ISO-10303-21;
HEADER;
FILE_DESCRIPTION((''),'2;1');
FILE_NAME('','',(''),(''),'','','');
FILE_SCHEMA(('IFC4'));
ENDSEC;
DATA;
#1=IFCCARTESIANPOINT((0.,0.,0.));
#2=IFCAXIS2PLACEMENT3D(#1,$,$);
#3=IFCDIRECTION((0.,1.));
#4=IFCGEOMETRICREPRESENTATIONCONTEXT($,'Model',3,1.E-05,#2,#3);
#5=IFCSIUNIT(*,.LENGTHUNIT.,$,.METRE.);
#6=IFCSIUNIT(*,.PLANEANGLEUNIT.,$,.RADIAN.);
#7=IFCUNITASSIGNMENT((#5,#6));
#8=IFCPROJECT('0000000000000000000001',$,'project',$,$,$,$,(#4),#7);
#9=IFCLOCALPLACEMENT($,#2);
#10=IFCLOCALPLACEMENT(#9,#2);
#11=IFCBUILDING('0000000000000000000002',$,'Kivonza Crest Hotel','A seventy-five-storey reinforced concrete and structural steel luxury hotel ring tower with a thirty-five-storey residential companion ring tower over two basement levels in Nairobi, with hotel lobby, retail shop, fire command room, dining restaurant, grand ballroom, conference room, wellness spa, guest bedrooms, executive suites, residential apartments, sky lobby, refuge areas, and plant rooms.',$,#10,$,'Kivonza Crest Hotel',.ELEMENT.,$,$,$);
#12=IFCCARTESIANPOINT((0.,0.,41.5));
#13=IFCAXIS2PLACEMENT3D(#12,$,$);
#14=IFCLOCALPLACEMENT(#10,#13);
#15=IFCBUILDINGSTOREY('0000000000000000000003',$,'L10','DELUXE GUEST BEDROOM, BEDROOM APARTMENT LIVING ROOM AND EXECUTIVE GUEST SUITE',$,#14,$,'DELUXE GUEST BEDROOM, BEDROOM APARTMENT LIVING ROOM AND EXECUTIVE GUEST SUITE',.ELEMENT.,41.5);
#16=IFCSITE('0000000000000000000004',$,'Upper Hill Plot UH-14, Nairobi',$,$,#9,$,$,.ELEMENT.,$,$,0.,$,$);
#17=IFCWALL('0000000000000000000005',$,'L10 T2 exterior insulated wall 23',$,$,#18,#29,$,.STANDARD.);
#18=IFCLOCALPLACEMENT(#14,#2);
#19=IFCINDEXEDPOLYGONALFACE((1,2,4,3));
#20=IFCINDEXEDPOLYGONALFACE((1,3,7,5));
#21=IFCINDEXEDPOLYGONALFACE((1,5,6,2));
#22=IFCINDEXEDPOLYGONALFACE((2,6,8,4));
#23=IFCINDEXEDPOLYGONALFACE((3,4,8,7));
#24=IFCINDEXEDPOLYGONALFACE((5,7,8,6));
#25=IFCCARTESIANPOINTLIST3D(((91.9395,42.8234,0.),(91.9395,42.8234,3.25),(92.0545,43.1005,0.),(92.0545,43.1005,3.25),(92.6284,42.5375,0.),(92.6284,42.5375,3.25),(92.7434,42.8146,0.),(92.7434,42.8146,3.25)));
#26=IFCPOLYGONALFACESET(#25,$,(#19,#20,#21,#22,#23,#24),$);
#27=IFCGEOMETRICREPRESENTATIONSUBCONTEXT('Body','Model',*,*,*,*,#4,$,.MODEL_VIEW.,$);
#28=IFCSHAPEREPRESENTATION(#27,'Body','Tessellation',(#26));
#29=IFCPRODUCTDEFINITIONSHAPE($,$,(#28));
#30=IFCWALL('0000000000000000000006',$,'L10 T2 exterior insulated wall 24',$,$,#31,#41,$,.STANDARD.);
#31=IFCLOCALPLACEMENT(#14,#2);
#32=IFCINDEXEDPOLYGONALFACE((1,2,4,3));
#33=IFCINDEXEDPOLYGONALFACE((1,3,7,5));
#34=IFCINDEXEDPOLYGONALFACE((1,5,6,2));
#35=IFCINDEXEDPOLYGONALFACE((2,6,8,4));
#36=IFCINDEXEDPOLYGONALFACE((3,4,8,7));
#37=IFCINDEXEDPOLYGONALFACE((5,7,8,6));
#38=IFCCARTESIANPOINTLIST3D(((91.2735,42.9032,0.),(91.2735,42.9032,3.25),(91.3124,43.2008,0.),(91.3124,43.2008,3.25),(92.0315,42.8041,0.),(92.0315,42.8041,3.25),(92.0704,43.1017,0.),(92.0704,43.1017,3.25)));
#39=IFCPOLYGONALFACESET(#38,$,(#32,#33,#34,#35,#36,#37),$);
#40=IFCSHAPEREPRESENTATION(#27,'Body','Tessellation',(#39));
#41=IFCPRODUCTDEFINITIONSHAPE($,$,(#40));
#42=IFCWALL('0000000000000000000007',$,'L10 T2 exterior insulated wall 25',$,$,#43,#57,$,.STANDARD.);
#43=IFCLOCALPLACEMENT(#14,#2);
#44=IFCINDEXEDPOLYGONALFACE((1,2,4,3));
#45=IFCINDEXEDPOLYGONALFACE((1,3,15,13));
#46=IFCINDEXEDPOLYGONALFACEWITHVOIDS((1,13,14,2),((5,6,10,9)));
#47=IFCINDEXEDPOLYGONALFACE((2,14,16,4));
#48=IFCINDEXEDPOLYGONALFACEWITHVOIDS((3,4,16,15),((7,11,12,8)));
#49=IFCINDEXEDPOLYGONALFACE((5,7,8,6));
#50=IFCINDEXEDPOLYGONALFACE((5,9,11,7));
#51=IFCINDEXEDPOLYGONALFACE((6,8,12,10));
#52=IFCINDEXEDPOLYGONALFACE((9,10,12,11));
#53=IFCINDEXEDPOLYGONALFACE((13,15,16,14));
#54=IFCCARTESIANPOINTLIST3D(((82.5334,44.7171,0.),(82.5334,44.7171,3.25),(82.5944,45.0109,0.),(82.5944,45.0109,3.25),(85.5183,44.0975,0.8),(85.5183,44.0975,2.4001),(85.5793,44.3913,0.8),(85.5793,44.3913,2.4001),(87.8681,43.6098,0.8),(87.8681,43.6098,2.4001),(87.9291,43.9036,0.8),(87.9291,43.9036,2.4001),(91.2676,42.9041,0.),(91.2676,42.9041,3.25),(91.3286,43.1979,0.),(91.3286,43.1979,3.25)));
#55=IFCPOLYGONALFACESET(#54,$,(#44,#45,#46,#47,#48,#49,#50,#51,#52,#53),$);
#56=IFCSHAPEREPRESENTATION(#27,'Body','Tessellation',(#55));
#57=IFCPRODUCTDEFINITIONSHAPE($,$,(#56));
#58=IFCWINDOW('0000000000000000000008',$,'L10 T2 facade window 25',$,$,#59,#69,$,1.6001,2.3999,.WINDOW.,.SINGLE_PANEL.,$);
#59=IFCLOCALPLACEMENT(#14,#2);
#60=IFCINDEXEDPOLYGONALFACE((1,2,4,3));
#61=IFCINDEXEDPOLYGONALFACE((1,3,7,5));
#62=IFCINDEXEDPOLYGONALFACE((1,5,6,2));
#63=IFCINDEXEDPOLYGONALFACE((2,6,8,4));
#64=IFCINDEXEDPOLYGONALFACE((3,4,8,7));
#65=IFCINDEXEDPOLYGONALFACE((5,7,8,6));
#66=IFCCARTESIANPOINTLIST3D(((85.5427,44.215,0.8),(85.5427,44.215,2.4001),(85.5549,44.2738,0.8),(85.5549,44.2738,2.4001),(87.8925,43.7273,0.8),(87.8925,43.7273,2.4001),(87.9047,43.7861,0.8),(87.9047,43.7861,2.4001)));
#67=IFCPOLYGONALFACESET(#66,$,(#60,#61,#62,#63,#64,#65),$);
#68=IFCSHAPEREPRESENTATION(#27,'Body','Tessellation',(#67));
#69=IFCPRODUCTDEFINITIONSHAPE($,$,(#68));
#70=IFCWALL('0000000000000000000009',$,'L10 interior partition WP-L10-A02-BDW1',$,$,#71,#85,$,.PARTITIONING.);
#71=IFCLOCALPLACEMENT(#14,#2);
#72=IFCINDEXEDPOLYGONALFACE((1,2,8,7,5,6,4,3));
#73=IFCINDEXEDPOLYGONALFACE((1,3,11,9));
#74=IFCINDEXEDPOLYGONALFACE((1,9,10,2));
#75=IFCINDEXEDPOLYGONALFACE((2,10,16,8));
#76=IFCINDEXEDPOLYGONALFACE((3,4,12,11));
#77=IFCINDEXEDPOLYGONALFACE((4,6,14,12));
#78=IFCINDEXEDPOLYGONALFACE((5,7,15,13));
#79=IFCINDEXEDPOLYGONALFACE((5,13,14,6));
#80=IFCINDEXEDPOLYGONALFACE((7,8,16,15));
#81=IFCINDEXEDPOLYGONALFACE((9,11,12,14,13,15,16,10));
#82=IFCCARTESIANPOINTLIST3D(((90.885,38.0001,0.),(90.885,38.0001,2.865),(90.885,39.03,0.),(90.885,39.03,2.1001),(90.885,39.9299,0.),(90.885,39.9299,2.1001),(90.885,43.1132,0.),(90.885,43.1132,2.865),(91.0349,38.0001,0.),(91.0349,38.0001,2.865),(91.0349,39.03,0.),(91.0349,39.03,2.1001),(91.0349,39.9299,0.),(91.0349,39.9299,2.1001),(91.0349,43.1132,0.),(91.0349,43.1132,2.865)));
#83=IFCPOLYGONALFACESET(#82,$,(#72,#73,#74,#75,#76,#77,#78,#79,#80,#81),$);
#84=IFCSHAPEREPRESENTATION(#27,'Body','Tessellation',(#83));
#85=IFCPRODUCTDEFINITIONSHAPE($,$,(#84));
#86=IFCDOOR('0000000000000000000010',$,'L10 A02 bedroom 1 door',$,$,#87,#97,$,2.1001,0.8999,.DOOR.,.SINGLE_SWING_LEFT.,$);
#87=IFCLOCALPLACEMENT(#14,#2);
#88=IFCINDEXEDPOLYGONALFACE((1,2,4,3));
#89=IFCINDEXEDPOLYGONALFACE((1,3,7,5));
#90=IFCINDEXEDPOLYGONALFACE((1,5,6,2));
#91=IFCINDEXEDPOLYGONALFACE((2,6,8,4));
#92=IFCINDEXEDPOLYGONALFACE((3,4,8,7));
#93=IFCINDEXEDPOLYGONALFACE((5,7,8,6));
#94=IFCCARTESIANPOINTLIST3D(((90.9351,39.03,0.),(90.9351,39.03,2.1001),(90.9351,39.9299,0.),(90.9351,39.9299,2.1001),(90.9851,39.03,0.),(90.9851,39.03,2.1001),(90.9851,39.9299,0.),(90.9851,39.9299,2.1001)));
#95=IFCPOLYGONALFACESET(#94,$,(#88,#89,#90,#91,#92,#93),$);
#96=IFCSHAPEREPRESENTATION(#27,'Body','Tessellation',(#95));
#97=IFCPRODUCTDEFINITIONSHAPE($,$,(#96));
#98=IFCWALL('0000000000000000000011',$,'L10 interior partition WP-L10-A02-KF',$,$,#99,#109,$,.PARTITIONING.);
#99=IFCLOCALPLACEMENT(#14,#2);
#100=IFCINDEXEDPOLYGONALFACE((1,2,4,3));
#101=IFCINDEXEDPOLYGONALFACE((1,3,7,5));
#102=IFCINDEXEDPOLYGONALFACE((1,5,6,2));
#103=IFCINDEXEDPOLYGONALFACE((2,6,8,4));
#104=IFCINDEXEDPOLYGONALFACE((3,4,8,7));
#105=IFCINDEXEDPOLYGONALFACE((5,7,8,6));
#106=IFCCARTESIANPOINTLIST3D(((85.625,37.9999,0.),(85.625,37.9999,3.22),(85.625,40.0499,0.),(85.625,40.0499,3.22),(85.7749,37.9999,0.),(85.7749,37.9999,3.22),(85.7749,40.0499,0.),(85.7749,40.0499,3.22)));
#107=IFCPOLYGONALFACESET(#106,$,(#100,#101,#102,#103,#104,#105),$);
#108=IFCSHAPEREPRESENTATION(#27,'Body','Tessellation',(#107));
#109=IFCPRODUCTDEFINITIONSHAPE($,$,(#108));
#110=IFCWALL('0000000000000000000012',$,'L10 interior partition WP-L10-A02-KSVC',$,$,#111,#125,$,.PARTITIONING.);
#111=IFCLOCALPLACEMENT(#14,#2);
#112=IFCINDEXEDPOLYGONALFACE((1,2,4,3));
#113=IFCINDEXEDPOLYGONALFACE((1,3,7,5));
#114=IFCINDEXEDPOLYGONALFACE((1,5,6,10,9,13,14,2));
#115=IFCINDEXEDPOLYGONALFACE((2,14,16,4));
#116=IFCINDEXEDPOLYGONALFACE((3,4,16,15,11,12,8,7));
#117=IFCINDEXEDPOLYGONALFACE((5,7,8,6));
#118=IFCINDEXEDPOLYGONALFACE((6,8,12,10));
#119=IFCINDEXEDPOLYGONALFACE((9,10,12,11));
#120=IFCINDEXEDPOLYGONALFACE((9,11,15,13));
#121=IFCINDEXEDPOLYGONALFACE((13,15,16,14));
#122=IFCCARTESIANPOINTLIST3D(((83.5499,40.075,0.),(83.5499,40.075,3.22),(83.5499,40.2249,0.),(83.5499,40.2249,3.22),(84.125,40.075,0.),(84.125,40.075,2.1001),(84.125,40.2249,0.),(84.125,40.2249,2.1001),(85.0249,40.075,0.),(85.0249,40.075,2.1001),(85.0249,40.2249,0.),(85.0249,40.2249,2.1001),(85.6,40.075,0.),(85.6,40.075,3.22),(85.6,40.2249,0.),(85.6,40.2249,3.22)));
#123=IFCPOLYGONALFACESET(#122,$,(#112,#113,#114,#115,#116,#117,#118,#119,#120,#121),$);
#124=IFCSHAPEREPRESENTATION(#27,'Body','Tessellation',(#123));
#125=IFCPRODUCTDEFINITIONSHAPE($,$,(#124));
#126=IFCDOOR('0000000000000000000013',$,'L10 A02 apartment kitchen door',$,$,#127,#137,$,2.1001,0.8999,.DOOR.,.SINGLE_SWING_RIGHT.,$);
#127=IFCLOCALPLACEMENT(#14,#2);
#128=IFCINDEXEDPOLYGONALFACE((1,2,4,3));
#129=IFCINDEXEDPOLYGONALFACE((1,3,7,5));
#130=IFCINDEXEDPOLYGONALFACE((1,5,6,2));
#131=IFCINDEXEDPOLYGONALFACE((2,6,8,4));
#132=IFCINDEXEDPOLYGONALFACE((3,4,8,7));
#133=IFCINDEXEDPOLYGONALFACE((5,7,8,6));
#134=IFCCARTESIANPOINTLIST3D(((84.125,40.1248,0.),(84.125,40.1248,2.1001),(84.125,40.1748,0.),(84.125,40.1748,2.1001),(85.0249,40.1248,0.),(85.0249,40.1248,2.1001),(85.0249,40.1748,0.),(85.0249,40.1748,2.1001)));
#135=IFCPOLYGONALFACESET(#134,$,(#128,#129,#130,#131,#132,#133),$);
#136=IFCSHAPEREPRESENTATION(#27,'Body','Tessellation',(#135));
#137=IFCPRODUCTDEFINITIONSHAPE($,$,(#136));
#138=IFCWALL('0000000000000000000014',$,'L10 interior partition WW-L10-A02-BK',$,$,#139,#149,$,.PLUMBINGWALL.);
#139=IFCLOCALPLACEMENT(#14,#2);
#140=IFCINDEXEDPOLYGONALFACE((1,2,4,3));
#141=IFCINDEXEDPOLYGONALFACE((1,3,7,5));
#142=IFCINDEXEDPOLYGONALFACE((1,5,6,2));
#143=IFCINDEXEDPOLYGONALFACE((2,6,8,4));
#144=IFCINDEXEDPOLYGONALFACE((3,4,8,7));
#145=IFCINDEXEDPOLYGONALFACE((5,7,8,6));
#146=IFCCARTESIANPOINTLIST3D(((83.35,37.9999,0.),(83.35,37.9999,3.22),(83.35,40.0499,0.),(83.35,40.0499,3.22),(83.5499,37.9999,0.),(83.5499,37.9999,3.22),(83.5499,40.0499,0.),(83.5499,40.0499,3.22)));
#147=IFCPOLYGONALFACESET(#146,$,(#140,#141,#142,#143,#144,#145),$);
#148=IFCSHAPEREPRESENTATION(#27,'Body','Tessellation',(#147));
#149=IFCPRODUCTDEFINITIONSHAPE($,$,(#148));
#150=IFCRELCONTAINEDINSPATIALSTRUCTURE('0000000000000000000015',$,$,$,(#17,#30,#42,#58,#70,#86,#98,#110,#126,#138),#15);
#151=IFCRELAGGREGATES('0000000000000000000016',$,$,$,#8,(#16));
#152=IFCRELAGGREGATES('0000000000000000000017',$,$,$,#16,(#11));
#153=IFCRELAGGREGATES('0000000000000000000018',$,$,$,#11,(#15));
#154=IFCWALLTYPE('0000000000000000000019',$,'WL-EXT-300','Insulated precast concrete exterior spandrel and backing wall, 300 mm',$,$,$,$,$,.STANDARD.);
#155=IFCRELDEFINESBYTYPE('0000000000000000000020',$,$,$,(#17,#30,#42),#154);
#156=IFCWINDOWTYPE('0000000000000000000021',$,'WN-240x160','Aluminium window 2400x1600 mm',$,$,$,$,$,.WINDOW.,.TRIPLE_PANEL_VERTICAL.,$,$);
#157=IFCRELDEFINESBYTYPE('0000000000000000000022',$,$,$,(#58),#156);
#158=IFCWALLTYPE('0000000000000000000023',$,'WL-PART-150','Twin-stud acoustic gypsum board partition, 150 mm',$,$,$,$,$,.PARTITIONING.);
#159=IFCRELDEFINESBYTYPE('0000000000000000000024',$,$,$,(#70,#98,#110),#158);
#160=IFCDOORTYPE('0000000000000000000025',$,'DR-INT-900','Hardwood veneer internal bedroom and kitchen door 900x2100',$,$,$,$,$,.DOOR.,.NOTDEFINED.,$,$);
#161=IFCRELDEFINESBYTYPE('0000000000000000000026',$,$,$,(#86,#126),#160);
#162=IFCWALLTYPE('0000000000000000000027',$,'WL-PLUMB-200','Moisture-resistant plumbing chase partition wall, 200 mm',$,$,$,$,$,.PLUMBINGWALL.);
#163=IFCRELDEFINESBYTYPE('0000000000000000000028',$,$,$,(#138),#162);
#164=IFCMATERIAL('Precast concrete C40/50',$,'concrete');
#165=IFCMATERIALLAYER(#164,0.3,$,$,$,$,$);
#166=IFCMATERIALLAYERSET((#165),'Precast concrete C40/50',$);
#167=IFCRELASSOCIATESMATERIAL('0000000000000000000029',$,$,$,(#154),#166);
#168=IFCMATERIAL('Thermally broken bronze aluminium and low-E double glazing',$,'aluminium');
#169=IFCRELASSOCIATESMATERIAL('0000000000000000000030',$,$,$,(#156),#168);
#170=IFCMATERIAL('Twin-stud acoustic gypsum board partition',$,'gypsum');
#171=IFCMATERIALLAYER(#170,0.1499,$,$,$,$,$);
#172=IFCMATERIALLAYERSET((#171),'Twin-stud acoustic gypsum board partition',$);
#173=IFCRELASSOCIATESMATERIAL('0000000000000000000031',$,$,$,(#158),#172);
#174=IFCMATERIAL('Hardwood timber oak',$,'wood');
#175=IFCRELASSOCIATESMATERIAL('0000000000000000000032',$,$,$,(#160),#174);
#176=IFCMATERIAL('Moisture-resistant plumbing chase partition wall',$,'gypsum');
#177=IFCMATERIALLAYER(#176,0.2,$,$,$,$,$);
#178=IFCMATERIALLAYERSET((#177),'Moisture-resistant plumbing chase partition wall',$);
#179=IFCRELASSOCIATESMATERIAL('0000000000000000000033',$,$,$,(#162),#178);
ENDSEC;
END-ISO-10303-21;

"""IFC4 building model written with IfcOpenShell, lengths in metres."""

from ifc_helpers import new_model, si_unit, direction, frame, frame_2d, origin, place, context, subcontext, project, spatial, rectangle, extrude, material, layer, layer_set, type_object, element, fill, save


model = new_model("IFC4")

# Units and contexts
model_context = context("Model", 3, precision=1e-05, world=origin(), true_north=direction((0.0, 1.0)))
body_context = subcontext(model_context, "Body", "Model", "MODEL_VIEW")
ifc_project = project(units=[si_unit("LENGTHUNIT", "METRE"), si_unit("PLANEANGLEUNIT", "RADIAN")], contexts=[model_context])

# Site, building, storey
site_placement = place(None, origin())
site = spatial("IfcSite", under=ifc_project, at=site_placement, Name="Upper Hill Plot UH-14, Nairobi", CompositionType="ELEMENT", RefElevation=0.0)
building_placement = place(site_placement, origin())
building = spatial("IfcBuilding", under=site, at=building_placement, Name="Kivonza Crest Hotel", Description="A seventy-five-storey reinforced concrete and structural steel luxury hotel ring tower with a thirty-five-storey residential companion ring tower over two basement levels in Nairobi, with hotel lobby, retail shop, fire command room, dining restaurant, grand ballroom, conference room, wellness spa, guest bedrooms, executive suites, residential apartments, sky lobby, refuge areas, and plant rooms.", LongName="Kivonza Crest Hotel", CompositionType="ELEMENT")
storey_placement = place(building_placement, frame((0.0, 0.0, 41.5)))
storey = spatial("IfcBuildingStorey", under=building, at=storey_placement, Name="L10", Description="DELUXE GUEST BEDROOM, BEDROOM APARTMENT LIVING ROOM AND EXECUTIVE GUEST SUITE", LongName="DELUXE GUEST BEDROOM, BEDROOM APARTMENT LIVING ROOM AND EXECUTIVE GUEST SUITE", CompositionType="ELEMENT", Elevation=41.5)

# Shared definitions
ifc_material_1 = material(Name="Hardwood timber oak", Category="wood")

# Walls
ifc_material_2 = material(Name="Precast concrete C40/50", Category="concrete")
ifc_layer_1 = layer(ifc_material_2, 0.3)
ifc_layer_set_1 = layer_set([ifc_layer_1], Name="Precast concrete C40/50")
wall_type_1 = type_object("IfcWallType", Name="WL-EXT-300", Description="Insulated precast concrete exterior spandrel and backing wall, 300 mm", PredefinedType="STANDARD", material=ifc_layer_set_1)
wall_1_placement = place(storey_placement, frame((92.686, 42.676, 0.0), z_axis=(0.0, 0.0, 1.0), x_axis=(-0.923638, 0.383267, 0.0)))
element("IfcWall", 1, at=wall_1_placement, inside=storey, type_object=wall_type_1, Name="L10 T2 exterior insulated wall 23", PredefinedType="STANDARD", context=body_context, shape_type="SweptSolid", body=[
    extrude(rectangle(XDim=0.7458, YDim=0.3, at=frame_2d((0.373, 0.0))), origin(), (0.0, 0.0, 1.0), 3.25),
])
wall_2_placement = place(storey_placement, frame((92.051, 42.9529, 0.0), z_axis=(0.0, 0.0, 1.0), x_axis=(-0.991559, 0.129653, 0.0)))
element("IfcWall", 2, at=wall_2_placement, inside=storey, type_object=wall_type_1, Name="L10 T2 exterior insulated wall 24", PredefinedType="STANDARD", context=body_context, shape_type="SweptSolid", body=[
    extrude(rectangle(XDim=0.7644, YDim=0.3, at=frame_2d((0.3823, 0.0))), origin(), (0.0, 0.0, 1.0), 3.25),
])

# Wall, opening, window
wall_3_placement = place(storey_placement, frame((91.2981, 43.051, 0.0), z_axis=(0.0, 0.0, 1.0), x_axis=(-0.979128, 0.203243, 0.0)))
wall_3 = element("IfcWall", 3, at=wall_3_placement, inside=storey, type_object=wall_type_1, Name="L10 T2 exterior insulated wall 25", PredefinedType="STANDARD", context=body_context, shape_type="SweptSolid", body=[
    extrude(rectangle(XDim=8.9204, YDim=0.3, at=frame_2d((4.4602, 0.0))), origin(), (0.0, 0.0, 1.0), 3.25),
])
opening_1_placement = place(wall_3_placement, frame((3.4719, 0.0, 0.8)))
opening_1 = element("IfcOpeningElement", 4, at=opening_1_placement, cuts=wall_3, PredefinedType="OPENING", context=body_context, shape_type="SweptSolid", body=[
    extrude(rectangle(XDim=2.3999, YDim=1.6001, at=frame_2d((1.2, 0.8))), frame((0.0, 0.1602, 0.0), z_axis=(0.0, -1.0, 0.0), x_axis=(1.0, 0.0, 0.0)), (0.0, 0.0, 1.0), 0.3201),
])
ifc_material_3 = material(Name="Thermally broken bronze aluminium and low-E double glazing", Category="aluminium")
window_type = type_object("IfcWindowType", Name="WN-240x160", Description="Aluminium window 2400x1600 mm", PartitioningType="TRIPLE_PANEL_VERTICAL", PredefinedType="WINDOW", material=ifc_material_3)
window_placement = place(opening_1_placement, origin())
window = element("IfcWindow", 5, at=window_placement, inside=storey, type_object=window_type, Name="L10 T2 facade window 25", OverallHeight=1.6001, OverallWidth=2.3999, PartitioningType="SINGLE_PANEL", PredefinedType="WINDOW", context=body_context, shape_type="SweptSolid", body=[
    extrude(rectangle(XDim=2.3999, YDim=1.6001, at=frame_2d((1.2, 0.8))), frame((0.0, 0.03, 0.0), z_axis=(0.0, -1.0, 0.0), x_axis=(1.0, 0.0, 0.0)), (0.0, 0.0, 1.0), 0.0601),
])
fill(opening_1, window)

# Wall, opening, door
ifc_material_4 = material(Name="Twin-stud acoustic gypsum board partition", Category="gypsum")
ifc_layer_2 = layer(ifc_material_4, 0.1499)
ifc_layer_set_2 = layer_set([ifc_layer_2], Name="Twin-stud acoustic gypsum board partition")
wall_type_2 = type_object("IfcWallType", Name="WL-PART-150", Description="Twin-stud acoustic gypsum board partition, 150 mm", PredefinedType="PARTITIONING", material=ifc_layer_set_2)
wall_4_placement = place(storey_placement, frame((90.96, 38.0, 0.0), z_axis=(0.0, 0.0, 1.0), x_axis=(0.0, 1.0, 0.0)))
wall_4 = element("IfcWall", 6, at=wall_4_placement, inside=storey, type_object=wall_type_2, Name="L10 interior partition WP-L10-A02-BDW1", PredefinedType="PARTITIONING", context=body_context, shape_type="SweptSolid", body=[
    extrude(rectangle(XDim=5.113, YDim=0.1499, at=frame_2d((2.5566, 0.0))), origin(), (0.0, 0.0, 1.0), 2.865),
])
opening_2_placement = place(wall_4_placement, frame((1.03, 0.0, 0.0)))
opening_2 = element("IfcOpeningElement", 7, at=opening_2_placement, cuts=wall_4, PredefinedType="OPENING", context=body_context, shape_type="SweptSolid", body=[
    extrude(rectangle(XDim=0.8999, YDim=2.1001, at=frame_2d((0.45, 1.05))), frame((0.0, 0.085, 0.0), z_axis=(0.0, -1.0, 0.0), x_axis=(1.0, 0.0, 0.0)), (0.0, 0.0, 1.0), 0.1699),
])
door_type_1 = type_object("IfcDoorType", Name="DR-INT-900", Description="Hardwood veneer internal bedroom and kitchen door 900x2100", OperationType="NOTDEFINED", PredefinedType="DOOR", material=ifc_material_1)
door_1_placement = place(opening_2_placement, origin())
door_1 = element("IfcDoor", 8, at=door_1_placement, inside=storey, type_object=door_type_1, Name="L10 A02 bedroom 1 door", OperationType="SINGLE_SWING_LEFT", OverallHeight=2.1001, OverallWidth=0.8999, PredefinedType="DOOR", context=body_context, shape_type="SweptSolid", body=[
    extrude(rectangle(XDim=0.8999, YDim=2.1001, at=frame_2d((0.45, 1.05))), frame((0.0, 0.0249, 0.0), z_axis=(0.0, -1.0, 0.0), x_axis=(1.0, 0.0, 0.0)), (0.0, 0.0, 1.0), 0.05),
])
fill(opening_2, door_1)

# Wall
wall_5_placement = place(storey_placement, frame((85.7, 38.0, 0.0), z_axis=(0.0, 0.0, 1.0), x_axis=(0.0, 1.0, 0.0)))
element("IfcWall", 9, at=wall_5_placement, inside=storey, type_object=wall_type_2, Name="L10 interior partition WP-L10-A02-KF", PredefinedType="PARTITIONING", context=body_context, shape_type="SweptSolid", body=[
    extrude(rectangle(XDim=2.05, YDim=0.1499, at=frame_2d((1.0249, 0.0))), origin(), (0.0, 0.0, 1.0), 3.22),
])

# Wall, opening, door
wall_6_placement = place(storey_placement, frame((83.55, 40.1499, 0.0), z_axis=(0.0, 0.0, 1.0), x_axis=(1.0, 0.0, 0.0)))
wall_6 = element("IfcWall", 10, at=wall_6_placement, inside=storey, type_object=wall_type_2, Name="L10 interior partition WP-L10-A02-KSVC", PredefinedType="PARTITIONING", context=body_context, shape_type="SweptSolid", body=[
    extrude(rectangle(XDim=2.05, YDim=0.1499, at=frame_2d((1.0249, 0.0))), origin(), (0.0, 0.0, 1.0), 3.22),
])
opening_3_placement = place(wall_6_placement, frame((0.575, 0.0, 0.0)))
opening_3 = element("IfcOpeningElement", 11, at=opening_3_placement, cuts=wall_6, PredefinedType="OPENING", context=body_context, shape_type="SweptSolid", body=[
    extrude(rectangle(XDim=0.8999, YDim=2.1001, at=frame_2d((0.45, 1.05))), frame((0.0, 0.085, 0.0), z_axis=(0.0, -1.0, 0.0), x_axis=(1.0, 0.0, 0.0)), (0.0, 0.0, 1.0), 0.1699),
])
door_2_placement = place(opening_3_placement, origin())
door_2 = element("IfcDoor", 12, at=door_2_placement, inside=storey, type_object=door_type_1, Name="L10 A02 apartment kitchen door", OperationType="SINGLE_SWING_RIGHT", OverallHeight=2.1001, OverallWidth=0.8999, PredefinedType="DOOR", context=body_context, shape_type="SweptSolid", body=[
    extrude(rectangle(XDim=0.8999, YDim=2.1001, at=frame_2d((0.45, 1.05))), frame((0.0, 0.0249, 0.0), z_axis=(0.0, -1.0, 0.0), x_axis=(1.0, 0.0, 0.0)), (0.0, 0.0, 1.0), 0.05),
])
fill(opening_3, door_2)

# Wall
ifc_material_5 = material(Name="Moisture-resistant plumbing chase partition wall", Category="gypsum")
ifc_layer_3 = layer(ifc_material_5, 0.2)
ifc_layer_set_3 = layer_set([ifc_layer_3], Name="Moisture-resistant plumbing chase partition wall")
wall_type_3 = type_object("IfcWallType", Name="WL-PLUMB-200", Description="Moisture-resistant plumbing chase partition wall, 200 mm", PredefinedType="PLUMBINGWALL", material=ifc_layer_set_3)
wall_7_placement = place(storey_placement, frame((83.45, 38.0, 0.0), z_axis=(0.0, 0.0, 1.0), x_axis=(0.0, 1.0, 0.0)))
element("IfcWall", 13, at=wall_7_placement, inside=storey, type_object=wall_type_3, Name="L10 interior partition WW-L10-A02-BK", PredefinedType="PLUMBINGWALL", context=body_context, shape_type="SweptSolid", body=[
    extrude(rectangle(XDim=2.05, YDim=0.2, at=frame_2d((1.0249, 0.0))), origin(), (0.0, 0.0, 1.0), 3.22),
])

save(model, "model.ifc")
